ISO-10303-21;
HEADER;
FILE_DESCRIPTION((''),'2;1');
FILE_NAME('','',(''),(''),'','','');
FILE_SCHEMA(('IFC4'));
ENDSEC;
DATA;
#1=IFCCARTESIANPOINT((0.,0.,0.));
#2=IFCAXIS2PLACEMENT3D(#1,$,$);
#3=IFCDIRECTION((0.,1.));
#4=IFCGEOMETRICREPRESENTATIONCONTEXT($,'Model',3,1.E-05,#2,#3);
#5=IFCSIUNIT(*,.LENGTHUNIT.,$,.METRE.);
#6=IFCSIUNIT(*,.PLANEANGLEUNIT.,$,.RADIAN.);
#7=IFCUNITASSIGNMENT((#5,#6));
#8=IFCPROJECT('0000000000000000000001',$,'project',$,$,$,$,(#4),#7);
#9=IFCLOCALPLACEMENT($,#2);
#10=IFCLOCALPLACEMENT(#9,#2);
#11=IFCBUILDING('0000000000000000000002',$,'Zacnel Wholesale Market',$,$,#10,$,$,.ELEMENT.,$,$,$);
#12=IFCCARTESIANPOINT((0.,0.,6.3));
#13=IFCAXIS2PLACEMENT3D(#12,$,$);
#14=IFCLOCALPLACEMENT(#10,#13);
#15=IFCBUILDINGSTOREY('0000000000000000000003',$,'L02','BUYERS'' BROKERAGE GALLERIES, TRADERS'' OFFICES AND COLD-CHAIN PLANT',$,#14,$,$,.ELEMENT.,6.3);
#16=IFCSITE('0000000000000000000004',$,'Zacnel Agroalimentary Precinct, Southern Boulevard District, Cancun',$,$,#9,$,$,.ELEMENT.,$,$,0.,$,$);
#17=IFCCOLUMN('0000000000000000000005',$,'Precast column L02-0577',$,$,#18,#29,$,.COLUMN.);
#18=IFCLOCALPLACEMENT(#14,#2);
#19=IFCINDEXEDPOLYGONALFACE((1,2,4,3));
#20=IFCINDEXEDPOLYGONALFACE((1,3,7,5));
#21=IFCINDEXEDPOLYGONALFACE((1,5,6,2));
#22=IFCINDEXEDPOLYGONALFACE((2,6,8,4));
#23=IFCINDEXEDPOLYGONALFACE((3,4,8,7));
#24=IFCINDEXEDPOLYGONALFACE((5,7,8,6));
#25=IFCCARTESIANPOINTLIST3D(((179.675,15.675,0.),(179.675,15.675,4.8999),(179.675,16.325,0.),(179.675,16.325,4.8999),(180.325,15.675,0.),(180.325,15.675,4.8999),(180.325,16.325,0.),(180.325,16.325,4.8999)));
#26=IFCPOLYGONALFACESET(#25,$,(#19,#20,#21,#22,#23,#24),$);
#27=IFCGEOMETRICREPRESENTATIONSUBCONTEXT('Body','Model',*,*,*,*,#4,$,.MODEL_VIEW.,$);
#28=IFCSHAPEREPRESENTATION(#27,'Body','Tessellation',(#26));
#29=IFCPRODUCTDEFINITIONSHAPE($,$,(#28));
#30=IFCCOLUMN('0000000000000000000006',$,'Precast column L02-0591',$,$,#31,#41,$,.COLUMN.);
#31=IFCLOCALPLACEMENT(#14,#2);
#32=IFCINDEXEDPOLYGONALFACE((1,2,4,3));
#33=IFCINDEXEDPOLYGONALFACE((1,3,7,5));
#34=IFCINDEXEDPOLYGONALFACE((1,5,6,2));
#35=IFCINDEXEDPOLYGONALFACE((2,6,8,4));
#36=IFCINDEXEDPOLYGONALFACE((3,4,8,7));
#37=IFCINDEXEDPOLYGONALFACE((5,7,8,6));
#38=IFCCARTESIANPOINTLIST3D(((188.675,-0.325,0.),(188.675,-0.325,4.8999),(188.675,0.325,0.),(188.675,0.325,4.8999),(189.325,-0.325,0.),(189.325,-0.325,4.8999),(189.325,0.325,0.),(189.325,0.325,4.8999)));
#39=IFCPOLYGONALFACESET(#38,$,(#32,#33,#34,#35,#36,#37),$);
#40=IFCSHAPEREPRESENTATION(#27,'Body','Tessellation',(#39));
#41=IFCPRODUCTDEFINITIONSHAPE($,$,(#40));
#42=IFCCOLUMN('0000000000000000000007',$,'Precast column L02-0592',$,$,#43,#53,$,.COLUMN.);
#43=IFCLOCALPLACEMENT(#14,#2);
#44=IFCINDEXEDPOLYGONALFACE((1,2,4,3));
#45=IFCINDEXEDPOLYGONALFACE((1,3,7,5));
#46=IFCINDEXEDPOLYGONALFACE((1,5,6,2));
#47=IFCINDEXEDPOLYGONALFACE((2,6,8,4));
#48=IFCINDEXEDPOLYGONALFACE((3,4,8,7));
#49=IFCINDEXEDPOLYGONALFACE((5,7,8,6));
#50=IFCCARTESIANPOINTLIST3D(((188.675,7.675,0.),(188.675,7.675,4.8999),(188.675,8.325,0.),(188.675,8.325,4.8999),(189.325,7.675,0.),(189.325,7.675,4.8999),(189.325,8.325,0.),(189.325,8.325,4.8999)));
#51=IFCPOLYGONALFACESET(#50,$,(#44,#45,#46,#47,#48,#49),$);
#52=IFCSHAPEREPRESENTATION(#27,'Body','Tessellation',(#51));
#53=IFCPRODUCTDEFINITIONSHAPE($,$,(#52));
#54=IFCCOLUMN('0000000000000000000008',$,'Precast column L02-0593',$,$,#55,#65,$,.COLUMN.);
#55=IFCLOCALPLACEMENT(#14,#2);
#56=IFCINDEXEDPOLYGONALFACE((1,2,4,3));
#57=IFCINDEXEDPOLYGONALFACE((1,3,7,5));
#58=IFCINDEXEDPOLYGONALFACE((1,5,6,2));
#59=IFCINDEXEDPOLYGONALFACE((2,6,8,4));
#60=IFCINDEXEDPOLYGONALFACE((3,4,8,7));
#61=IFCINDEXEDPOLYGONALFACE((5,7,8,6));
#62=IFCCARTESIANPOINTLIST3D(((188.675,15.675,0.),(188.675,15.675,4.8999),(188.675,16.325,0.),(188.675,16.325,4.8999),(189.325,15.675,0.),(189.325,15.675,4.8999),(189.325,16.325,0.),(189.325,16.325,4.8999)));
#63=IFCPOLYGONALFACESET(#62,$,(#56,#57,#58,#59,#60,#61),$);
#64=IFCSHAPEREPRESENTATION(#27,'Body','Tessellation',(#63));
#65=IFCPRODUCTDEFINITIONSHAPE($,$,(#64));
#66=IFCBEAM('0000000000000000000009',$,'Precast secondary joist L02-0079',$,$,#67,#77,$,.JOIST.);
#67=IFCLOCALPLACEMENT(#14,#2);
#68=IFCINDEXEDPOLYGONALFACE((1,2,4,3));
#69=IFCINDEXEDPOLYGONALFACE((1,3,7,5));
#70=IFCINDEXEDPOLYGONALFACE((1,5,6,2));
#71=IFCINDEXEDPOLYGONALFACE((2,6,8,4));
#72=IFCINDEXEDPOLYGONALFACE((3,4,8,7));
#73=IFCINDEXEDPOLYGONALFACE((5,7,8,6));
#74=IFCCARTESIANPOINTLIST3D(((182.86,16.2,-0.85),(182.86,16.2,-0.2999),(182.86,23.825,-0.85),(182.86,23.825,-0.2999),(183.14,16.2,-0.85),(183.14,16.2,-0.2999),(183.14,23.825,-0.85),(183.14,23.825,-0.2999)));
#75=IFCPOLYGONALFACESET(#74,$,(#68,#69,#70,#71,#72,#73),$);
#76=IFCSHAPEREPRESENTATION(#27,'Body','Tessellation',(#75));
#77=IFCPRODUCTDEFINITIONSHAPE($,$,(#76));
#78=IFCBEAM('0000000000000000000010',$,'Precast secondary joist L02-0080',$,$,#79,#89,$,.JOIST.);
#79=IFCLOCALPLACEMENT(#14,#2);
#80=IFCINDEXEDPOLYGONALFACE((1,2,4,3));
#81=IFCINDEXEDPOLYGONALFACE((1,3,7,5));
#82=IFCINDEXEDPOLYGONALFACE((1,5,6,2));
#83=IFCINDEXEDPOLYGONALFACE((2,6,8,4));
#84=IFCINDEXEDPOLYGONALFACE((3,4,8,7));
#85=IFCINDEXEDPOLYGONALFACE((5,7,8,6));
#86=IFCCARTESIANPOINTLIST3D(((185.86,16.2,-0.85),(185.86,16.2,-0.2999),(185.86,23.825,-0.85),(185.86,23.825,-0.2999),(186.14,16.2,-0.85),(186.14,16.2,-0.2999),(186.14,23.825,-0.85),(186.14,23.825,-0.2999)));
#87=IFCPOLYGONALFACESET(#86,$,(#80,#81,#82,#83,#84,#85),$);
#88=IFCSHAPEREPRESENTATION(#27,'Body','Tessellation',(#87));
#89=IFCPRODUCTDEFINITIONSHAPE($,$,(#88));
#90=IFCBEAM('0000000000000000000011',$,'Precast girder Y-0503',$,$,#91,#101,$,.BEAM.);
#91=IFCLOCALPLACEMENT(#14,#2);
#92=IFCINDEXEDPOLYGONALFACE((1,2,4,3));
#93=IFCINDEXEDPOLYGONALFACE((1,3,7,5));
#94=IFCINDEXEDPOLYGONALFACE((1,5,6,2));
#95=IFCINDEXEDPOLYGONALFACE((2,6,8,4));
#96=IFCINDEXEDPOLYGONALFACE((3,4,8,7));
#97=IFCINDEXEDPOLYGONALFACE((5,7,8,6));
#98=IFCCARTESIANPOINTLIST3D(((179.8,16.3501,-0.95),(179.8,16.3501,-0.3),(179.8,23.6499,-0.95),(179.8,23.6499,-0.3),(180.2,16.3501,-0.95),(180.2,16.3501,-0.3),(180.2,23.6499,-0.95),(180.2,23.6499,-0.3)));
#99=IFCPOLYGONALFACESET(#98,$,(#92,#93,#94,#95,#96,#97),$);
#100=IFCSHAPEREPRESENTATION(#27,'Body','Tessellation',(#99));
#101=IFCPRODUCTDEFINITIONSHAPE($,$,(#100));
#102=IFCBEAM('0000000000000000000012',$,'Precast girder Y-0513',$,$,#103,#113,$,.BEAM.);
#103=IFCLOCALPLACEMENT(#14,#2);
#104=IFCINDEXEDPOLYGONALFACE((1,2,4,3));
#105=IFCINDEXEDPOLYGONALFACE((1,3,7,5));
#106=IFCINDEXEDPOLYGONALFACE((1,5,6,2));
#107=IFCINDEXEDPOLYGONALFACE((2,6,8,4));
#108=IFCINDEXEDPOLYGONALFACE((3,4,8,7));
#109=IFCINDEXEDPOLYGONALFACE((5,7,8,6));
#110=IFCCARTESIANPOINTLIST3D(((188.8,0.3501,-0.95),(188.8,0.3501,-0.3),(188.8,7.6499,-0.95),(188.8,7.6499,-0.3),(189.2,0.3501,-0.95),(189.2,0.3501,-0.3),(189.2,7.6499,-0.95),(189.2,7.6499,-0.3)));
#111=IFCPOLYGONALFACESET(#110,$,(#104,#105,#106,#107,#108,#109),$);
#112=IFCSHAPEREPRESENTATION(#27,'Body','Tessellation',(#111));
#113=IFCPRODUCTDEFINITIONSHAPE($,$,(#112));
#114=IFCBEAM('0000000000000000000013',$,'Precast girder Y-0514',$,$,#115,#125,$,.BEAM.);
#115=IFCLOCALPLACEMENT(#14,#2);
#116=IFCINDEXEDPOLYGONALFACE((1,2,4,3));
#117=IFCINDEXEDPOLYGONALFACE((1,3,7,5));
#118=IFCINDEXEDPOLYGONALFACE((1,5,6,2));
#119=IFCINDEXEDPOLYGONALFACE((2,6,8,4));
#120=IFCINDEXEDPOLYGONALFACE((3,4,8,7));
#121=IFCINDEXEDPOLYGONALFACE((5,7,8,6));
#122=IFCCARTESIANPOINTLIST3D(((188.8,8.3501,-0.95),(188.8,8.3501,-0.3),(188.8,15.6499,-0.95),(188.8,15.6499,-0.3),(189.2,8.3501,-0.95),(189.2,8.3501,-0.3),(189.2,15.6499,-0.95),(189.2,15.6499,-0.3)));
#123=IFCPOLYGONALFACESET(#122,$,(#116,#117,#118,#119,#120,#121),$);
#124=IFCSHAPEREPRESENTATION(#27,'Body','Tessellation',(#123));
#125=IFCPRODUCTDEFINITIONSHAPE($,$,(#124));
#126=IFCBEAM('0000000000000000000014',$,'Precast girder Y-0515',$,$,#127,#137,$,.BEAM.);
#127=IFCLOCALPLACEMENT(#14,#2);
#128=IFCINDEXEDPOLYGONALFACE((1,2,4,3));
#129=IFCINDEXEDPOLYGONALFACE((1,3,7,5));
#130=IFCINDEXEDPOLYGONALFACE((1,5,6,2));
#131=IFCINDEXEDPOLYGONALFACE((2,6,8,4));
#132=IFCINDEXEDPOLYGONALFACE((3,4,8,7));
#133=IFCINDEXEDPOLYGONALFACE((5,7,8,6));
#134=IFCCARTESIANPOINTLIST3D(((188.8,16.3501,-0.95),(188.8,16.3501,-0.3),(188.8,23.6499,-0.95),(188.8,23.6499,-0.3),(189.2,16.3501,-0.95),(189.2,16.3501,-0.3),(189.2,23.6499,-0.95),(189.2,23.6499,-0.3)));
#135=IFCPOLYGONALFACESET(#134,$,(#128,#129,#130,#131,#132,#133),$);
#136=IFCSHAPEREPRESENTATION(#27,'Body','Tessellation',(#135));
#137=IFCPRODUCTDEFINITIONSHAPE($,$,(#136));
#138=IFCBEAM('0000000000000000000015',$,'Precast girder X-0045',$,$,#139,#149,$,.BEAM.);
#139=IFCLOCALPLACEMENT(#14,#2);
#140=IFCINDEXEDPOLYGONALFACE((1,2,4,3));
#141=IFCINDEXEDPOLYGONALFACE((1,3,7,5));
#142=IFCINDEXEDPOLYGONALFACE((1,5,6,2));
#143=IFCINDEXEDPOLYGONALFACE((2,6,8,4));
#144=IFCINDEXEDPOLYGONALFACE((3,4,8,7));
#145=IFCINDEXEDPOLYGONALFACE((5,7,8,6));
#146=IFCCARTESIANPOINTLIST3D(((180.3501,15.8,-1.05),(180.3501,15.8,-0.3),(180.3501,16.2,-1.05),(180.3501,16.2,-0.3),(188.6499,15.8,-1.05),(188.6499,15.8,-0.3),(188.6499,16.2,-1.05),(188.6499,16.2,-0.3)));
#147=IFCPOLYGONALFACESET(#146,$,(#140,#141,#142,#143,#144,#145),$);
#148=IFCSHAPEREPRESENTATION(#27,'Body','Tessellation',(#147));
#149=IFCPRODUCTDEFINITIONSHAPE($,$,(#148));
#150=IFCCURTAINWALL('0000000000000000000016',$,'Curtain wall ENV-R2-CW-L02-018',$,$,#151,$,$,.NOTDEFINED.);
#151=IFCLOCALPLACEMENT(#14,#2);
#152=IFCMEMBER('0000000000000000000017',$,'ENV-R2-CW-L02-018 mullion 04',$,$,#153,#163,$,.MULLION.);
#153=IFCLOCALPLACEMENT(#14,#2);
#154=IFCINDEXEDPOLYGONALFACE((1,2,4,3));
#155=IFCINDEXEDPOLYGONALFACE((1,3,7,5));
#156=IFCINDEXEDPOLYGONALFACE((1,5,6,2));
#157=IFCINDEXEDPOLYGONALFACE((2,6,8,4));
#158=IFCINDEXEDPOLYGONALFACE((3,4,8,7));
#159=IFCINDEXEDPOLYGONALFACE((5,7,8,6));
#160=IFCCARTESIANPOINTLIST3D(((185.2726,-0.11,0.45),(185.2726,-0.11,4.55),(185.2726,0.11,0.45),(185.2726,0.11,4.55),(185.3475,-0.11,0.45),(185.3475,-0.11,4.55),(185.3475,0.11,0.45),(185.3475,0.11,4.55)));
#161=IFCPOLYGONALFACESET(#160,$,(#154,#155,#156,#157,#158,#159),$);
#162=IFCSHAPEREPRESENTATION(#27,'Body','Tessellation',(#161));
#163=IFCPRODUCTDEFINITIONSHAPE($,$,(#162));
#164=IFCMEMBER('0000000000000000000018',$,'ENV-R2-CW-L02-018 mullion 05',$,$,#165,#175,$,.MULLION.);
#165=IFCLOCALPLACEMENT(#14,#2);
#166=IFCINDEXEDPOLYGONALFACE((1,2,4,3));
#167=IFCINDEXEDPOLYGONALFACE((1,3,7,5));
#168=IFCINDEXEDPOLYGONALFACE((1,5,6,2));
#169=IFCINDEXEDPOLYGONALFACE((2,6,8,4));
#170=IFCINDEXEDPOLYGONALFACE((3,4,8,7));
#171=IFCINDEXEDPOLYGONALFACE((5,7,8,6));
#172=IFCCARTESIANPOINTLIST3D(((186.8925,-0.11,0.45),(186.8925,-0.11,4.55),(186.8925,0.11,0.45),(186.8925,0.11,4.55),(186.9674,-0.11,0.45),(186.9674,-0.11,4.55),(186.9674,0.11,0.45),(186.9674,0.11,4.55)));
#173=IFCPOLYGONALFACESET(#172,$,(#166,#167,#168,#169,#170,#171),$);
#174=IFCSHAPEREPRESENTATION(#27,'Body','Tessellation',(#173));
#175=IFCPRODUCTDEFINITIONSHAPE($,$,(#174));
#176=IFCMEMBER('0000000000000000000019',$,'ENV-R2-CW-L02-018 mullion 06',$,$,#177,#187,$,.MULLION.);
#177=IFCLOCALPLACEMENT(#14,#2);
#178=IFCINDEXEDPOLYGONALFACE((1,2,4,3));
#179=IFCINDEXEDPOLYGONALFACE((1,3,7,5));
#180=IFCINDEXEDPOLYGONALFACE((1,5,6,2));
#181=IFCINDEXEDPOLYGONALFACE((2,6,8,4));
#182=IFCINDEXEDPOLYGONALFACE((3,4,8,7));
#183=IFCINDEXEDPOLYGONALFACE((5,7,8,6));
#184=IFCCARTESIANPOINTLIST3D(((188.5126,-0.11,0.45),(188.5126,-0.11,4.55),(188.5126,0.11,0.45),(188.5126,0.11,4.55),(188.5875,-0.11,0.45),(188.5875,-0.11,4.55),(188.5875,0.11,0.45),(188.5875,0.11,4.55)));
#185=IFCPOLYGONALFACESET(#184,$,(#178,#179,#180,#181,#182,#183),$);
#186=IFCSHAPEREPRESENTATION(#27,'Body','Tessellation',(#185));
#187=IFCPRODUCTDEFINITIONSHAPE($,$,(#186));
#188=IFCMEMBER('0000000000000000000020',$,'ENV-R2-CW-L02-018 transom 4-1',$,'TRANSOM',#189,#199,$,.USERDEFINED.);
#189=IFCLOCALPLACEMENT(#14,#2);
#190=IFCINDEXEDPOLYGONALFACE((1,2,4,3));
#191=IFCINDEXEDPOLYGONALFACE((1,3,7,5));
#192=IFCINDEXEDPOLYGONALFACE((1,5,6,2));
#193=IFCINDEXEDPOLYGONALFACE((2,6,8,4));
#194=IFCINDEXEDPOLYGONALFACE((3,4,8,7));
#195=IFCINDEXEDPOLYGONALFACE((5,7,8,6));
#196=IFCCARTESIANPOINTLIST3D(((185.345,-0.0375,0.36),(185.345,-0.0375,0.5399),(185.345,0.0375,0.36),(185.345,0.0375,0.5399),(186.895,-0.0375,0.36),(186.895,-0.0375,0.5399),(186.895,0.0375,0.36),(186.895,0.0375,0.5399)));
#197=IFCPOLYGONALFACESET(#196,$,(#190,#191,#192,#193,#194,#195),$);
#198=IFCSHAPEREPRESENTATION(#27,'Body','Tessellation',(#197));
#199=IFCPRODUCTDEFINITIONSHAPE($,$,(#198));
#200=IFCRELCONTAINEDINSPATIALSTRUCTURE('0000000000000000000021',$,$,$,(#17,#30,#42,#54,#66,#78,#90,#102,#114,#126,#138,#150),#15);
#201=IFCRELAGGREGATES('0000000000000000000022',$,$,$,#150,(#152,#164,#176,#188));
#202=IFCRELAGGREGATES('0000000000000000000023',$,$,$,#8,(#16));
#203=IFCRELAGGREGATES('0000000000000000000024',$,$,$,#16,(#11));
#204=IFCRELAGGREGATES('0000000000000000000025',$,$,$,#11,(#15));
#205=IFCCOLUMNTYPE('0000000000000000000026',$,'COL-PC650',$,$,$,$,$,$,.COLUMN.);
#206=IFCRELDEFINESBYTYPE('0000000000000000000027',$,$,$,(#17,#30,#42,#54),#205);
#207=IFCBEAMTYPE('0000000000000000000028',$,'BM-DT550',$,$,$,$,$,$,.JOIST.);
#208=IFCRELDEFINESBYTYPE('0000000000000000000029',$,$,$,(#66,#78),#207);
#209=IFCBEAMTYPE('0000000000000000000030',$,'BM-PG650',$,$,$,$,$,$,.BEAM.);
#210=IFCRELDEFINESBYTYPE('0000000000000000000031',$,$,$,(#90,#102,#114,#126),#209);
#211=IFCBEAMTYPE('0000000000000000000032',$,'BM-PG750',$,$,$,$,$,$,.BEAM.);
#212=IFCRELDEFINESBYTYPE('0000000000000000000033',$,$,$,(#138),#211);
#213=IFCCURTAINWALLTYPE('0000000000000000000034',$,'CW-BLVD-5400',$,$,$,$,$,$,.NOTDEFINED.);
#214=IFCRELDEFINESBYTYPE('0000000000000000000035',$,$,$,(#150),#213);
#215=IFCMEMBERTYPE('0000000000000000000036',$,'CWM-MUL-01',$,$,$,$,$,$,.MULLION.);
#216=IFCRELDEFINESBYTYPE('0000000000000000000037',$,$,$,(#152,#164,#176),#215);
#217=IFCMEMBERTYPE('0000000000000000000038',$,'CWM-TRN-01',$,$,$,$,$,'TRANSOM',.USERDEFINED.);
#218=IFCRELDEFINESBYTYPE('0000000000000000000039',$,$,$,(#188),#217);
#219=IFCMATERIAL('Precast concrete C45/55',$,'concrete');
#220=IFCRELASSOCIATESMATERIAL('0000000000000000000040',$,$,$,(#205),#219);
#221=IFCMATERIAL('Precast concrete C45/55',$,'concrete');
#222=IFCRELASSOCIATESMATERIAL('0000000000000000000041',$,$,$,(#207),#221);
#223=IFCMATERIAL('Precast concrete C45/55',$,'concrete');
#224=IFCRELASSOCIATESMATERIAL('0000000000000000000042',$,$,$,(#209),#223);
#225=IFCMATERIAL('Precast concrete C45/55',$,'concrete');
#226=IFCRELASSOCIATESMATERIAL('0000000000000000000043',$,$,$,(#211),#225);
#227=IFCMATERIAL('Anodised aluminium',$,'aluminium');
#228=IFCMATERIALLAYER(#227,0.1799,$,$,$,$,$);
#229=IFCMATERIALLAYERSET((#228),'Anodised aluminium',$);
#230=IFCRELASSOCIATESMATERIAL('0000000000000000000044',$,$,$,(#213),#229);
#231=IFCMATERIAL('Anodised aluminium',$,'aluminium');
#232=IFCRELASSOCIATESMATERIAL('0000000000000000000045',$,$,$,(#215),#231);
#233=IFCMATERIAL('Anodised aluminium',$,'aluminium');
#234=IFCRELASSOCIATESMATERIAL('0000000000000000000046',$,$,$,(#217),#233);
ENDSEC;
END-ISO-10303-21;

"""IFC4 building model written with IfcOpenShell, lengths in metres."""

from ifc_helpers import new_model, si_unit, direction, frame, origin, origin_2d, place, context, subcontext, project, spatial, rectangle, extrude, material, layer, layer_set, material_profile, profile_set, type_object, element, aggregate, save


model = new_model("IFC4")

# Units and contexts
model_context = context("Model", 3, precision=1e-05, world=origin(), true_north=direction((0.0, 1.0)))
body_context = subcontext(model_context, "Body", "Model", "MODEL_VIEW")
ifc_project = project(units=[si_unit("LENGTHUNIT", "METRE"), si_unit("PLANEANGLEUNIT", "RADIAN")], contexts=[model_context])

# Site, building, storey
site_placement = place(None, origin())
site = spatial("IfcSite", under=ifc_project, at=site_placement, Name="Zacnel Agroalimentary Precinct, Southern Boulevard District, Cancun", CompositionType="ELEMENT", RefElevation=0.0)
building_placement = place(site_placement, origin())
building = spatial("IfcBuilding", under=site, at=building_placement, Name="Zacnel Wholesale Market", CompositionType="ELEMENT")
storey_placement = place(building_placement, frame((0.0, 0.0, 6.3)))
storey = spatial("IfcBuildingStorey", under=building, at=storey_placement, Name="L02", Description="BUYERS' BROKERAGE GALLERIES, TRADERS' OFFICES AND COLD-CHAIN PLANT", CompositionType="ELEMENT", Elevation=6.3)

# Columns
ifc_material_1 = material(Name="Precast concrete C45/55", Category="concrete")
ifc_material_profile_1 = material_profile(ifc_material_1, rectangle(XDim=0.6499, YDim=0.6499, at=origin_2d()), Name="PC 650x650")
ifc_profile_set_1 = profile_set([ifc_material_profile_1], Name="Precast concrete C45/55")
column_type = type_object("IfcColumnType", Name="COL-PC650", PredefinedType="COLUMN", material=ifc_profile_set_1)
for number, where, z_axis, x_axis, name in (
    (1, (180.0, 16.0, 0.0), (0.0, 0.0, 1.0), (1.0, 0.0, 0.0), "Precast column L02-0577"),
    (2, (189.0, 0.0, 0.0), (0.0, 0.0, 1.0), (1.0, 0.0, 0.0), "Precast column L02-0591"),
    (3, (189.0, 8.0, 0.0), (0.0, 0.0, 1.0), (1.0, 0.0, 0.0), "Precast column L02-0592"),
    (4, (189.0, 16.0, 0.0), (0.0, 0.0, 1.0), (1.0, 0.0, 0.0), "Precast column L02-0593"),
):
    element("IfcColumn", number, at=place(storey_placement, frame(where, z_axis=z_axis, x_axis=x_axis)), inside=storey, type_object=column_type, Name=name, PredefinedType="COLUMN", context=body_context, shape_type="SweptSolid", body=[
        extrude(rectangle(XDim=0.6499, YDim=0.6499, at=origin_2d()), origin(), (0.0, 0.0, 1.0), 4.8999),
    ])

# Beams
ifc_material_2 = material(Name="Precast concrete C45/55", Category="concrete")
ifc_material_profile_2 = material_profile(ifc_material_2, rectangle(XDim=0.28, YDim=0.55, at=origin_2d()), Name="DT RIB 280x550")
ifc_profile_set_2 = profile_set([ifc_material_profile_2], Name="Precast concrete C45/55")
beam_type_1 = type_object("IfcBeamType", Name="BM-DT550", PredefinedType="JOIST", material=ifc_profile_set_2)
for number, where, z_axis, x_axis, name in (
    (5, (183.0, 16.2, -0.575), (0.0, 1.0, 0.0), (-1.0, 0.0, 0.0), "Precast secondary joist L02-0079"),
    (6, (186.0, 16.2, -0.575), (0.0, 1.0, 0.0), (-1.0, 0.0, 0.0), "Precast secondary joist L02-0080"),
):
    element("IfcBeam", number, at=place(storey_placement, frame(where, z_axis=z_axis, x_axis=x_axis)), inside=storey, type_object=beam_type_1, Name=name, PredefinedType="JOIST", context=body_context, shape_type="SweptSolid", body=[
        extrude(rectangle(XDim=0.28, YDim=0.55, at=origin_2d()), origin(), (0.0, 0.0, 1.0), 7.625),
    ])
ifc_material_3 = material(Name="Precast concrete C45/55", Category="concrete")
ifc_material_profile_3 = material_profile(ifc_material_3, rectangle(XDim=0.3999, YDim=0.6499, at=origin_2d()), Name="PG 400x650")
ifc_profile_set_3 = profile_set([ifc_material_profile_3], Name="Precast concrete C45/55")
beam_type_2 = type_object("IfcBeamType", Name="BM-PG650", PredefinedType="BEAM", material=ifc_profile_set_3)
for number, where, z_axis, x_axis, name in (
    (7, (180.0, 16.3501, -0.625), (0.0, 1.0, 0.0), (-1.0, 0.0, 0.0), "Precast girder Y-0503"),
    (8, (189.0, 0.3501, -0.625), (0.0, 1.0, 0.0), (-1.0, 0.0, 0.0), "Precast girder Y-0513"),
    (9, (189.0, 8.3501, -0.625), (0.0, 1.0, 0.0), (-1.0, 0.0, 0.0), "Precast girder Y-0514"),
    (10, (189.0, 16.3501, -0.625), (0.0, 1.0, 0.0), (-1.0, 0.0, 0.0), "Precast girder Y-0515"),
):
    element("IfcBeam", number, at=place(storey_placement, frame(where, z_axis=z_axis, x_axis=x_axis)), inside=storey, type_object=beam_type_2, Name=name, PredefinedType="BEAM", context=body_context, shape_type="SweptSolid", body=[
        extrude(rectangle(XDim=0.3999, YDim=0.6499, at=origin_2d()), origin(), (0.0, 0.0, 1.0), 7.2998),
    ])
ifc_material_4 = material(Name="Precast concrete C45/55", Category="concrete")
ifc_material_profile_4 = material_profile(ifc_material_4, rectangle(XDim=0.3999, YDim=0.75, at=origin_2d()), Name="PG 400x750")
ifc_profile_set_4 = profile_set([ifc_material_profile_4], Name="Precast concrete C45/55")
beam_type_3 = type_object("IfcBeamType", Name="BM-PG750", PredefinedType="BEAM", material=ifc_profile_set_4)
beam_placement = place(storey_placement, frame((180.3501, 16.0, -0.675), z_axis=(1.0, 0.0, 0.0), x_axis=(0.0, 1.0, 0.0)))
element("IfcBeam", 11, at=beam_placement, inside=storey, type_object=beam_type_3, Name="Precast girder X-0045", PredefinedType="BEAM", context=body_context, shape_type="SweptSolid", body=[
    extrude(rectangle(XDim=0.3999, YDim=0.75, at=origin_2d()), origin(), (0.0, 0.0, 1.0), 8.2998),
])

# Curtain wall, members
ifc_material_5 = material(Name="Anodised aluminium", Category="aluminium")
ifc_layer_1 = layer(ifc_material_5, 0.1799)
ifc_layer_set_1 = layer_set([ifc_layer_1], Name="Anodised aluminium")
curtain_wall_type = type_object("IfcCurtainWallType", Name="CW-BLVD-5400", PredefinedType="NOTDEFINED", material=ifc_layer_set_1)
curtain_wall_placement = place(storey_placement, origin())
curtain_wall = element("IfcCurtainWall", 12, at=curtain_wall_placement, inside=storey, type_object=curtain_wall_type, Name="Curtain wall ENV-R2-CW-L02-018", PredefinedType="NOTDEFINED")
ifc_material_6 = material(Name="Anodised aluminium", Category="aluminium")
ifc_material_profile_5 = material_profile(ifc_material_6, rectangle(XDim=0.075, YDim=0.22, at=origin_2d()), Name="AW-MULLION 75x220")
ifc_profile_set_5 = profile_set([ifc_material_profile_5], Name="Anodised aluminium")
member_type_1 = type_object("IfcMemberType", Name="CWM-MUL-01", PredefinedType="MULLION", material=ifc_profile_set_5)
member_1_placement = place(storey_placement, frame((185.3101, 0.0, 0.45), z_axis=(0.0, 0.0, 1.0), x_axis=(1.0, 0.0, 0.0)))
member_1 = element("IfcMember", 13, at=member_1_placement, type_object=member_type_1, Name="ENV-R2-CW-L02-018 mullion 04", PredefinedType="MULLION", context=body_context, shape_type="SweptSolid", body=[
    extrude(rectangle(XDim=0.075, YDim=0.22, at=origin_2d()), origin(), (0.0, 0.0, 1.0), 4.1001),
])
member_2_placement = place(storey_placement, frame((186.9299, 0.0, 0.45), z_axis=(0.0, 0.0, 1.0), x_axis=(1.0, 0.0, 0.0)))
member_2 = element("IfcMember", 14, at=member_2_placement, type_object=member_type_1, Name="ENV-R2-CW-L02-018 mullion 05", PredefinedType="MULLION", context=body_context, shape_type="SweptSolid", body=[
    extrude(rectangle(XDim=0.075, YDim=0.22, at=origin_2d()), origin(), (0.0, 0.0, 1.0), 4.1001),
])
member_3_placement = place(storey_placement, frame((188.55, 0.0, 0.45), z_axis=(0.0, 0.0, 1.0), x_axis=(1.0, 0.0, 0.0)))
member_3 = element("IfcMember", 15, at=member_3_placement, type_object=member_type_1, Name="ENV-R2-CW-L02-018 mullion 06", PredefinedType="MULLION", context=body_context, shape_type="SweptSolid", body=[
    extrude(rectangle(XDim=0.075, YDim=0.22, at=origin_2d()), origin(), (0.0, 0.0, 1.0), 4.1001),
])
ifc_material_7 = material(Name="Anodised aluminium", Category="aluminium")
ifc_material_profile_6 = material_profile(ifc_material_7, rectangle(XDim=0.075, YDim=0.1799, at=origin_2d()), Name="AW-TRANSOM 75x180")
ifc_profile_set_6 = profile_set([ifc_material_profile_6], Name="Anodised aluminium")
member_type_2 = type_object("IfcMemberType", Name="CWM-TRN-01", ElementType="TRANSOM", PredefinedType="USERDEFINED", material=ifc_profile_set_6)
member_4_placement = place(storey_placement, frame((185.345, 0.0, 0.45), z_axis=(1.0, 0.0, 0.0), x_axis=(0.0, 1.0, 0.0)))
member_4 = element("IfcMember", 16, at=member_4_placement, type_object=member_type_2, Name="ENV-R2-CW-L02-018 transom 4-1", ObjectType="TRANSOM", PredefinedType="USERDEFINED", context=body_context, shape_type="SweptSolid", body=[
    extrude(rectangle(XDim=0.075, YDim=0.1799, at=origin_2d()), origin(), (0.0, 0.0, 1.0), 1.55),
])
aggregate(curtain_wall, [member_1, member_2, member_3, member_4])

save(model, "model.ifc")
